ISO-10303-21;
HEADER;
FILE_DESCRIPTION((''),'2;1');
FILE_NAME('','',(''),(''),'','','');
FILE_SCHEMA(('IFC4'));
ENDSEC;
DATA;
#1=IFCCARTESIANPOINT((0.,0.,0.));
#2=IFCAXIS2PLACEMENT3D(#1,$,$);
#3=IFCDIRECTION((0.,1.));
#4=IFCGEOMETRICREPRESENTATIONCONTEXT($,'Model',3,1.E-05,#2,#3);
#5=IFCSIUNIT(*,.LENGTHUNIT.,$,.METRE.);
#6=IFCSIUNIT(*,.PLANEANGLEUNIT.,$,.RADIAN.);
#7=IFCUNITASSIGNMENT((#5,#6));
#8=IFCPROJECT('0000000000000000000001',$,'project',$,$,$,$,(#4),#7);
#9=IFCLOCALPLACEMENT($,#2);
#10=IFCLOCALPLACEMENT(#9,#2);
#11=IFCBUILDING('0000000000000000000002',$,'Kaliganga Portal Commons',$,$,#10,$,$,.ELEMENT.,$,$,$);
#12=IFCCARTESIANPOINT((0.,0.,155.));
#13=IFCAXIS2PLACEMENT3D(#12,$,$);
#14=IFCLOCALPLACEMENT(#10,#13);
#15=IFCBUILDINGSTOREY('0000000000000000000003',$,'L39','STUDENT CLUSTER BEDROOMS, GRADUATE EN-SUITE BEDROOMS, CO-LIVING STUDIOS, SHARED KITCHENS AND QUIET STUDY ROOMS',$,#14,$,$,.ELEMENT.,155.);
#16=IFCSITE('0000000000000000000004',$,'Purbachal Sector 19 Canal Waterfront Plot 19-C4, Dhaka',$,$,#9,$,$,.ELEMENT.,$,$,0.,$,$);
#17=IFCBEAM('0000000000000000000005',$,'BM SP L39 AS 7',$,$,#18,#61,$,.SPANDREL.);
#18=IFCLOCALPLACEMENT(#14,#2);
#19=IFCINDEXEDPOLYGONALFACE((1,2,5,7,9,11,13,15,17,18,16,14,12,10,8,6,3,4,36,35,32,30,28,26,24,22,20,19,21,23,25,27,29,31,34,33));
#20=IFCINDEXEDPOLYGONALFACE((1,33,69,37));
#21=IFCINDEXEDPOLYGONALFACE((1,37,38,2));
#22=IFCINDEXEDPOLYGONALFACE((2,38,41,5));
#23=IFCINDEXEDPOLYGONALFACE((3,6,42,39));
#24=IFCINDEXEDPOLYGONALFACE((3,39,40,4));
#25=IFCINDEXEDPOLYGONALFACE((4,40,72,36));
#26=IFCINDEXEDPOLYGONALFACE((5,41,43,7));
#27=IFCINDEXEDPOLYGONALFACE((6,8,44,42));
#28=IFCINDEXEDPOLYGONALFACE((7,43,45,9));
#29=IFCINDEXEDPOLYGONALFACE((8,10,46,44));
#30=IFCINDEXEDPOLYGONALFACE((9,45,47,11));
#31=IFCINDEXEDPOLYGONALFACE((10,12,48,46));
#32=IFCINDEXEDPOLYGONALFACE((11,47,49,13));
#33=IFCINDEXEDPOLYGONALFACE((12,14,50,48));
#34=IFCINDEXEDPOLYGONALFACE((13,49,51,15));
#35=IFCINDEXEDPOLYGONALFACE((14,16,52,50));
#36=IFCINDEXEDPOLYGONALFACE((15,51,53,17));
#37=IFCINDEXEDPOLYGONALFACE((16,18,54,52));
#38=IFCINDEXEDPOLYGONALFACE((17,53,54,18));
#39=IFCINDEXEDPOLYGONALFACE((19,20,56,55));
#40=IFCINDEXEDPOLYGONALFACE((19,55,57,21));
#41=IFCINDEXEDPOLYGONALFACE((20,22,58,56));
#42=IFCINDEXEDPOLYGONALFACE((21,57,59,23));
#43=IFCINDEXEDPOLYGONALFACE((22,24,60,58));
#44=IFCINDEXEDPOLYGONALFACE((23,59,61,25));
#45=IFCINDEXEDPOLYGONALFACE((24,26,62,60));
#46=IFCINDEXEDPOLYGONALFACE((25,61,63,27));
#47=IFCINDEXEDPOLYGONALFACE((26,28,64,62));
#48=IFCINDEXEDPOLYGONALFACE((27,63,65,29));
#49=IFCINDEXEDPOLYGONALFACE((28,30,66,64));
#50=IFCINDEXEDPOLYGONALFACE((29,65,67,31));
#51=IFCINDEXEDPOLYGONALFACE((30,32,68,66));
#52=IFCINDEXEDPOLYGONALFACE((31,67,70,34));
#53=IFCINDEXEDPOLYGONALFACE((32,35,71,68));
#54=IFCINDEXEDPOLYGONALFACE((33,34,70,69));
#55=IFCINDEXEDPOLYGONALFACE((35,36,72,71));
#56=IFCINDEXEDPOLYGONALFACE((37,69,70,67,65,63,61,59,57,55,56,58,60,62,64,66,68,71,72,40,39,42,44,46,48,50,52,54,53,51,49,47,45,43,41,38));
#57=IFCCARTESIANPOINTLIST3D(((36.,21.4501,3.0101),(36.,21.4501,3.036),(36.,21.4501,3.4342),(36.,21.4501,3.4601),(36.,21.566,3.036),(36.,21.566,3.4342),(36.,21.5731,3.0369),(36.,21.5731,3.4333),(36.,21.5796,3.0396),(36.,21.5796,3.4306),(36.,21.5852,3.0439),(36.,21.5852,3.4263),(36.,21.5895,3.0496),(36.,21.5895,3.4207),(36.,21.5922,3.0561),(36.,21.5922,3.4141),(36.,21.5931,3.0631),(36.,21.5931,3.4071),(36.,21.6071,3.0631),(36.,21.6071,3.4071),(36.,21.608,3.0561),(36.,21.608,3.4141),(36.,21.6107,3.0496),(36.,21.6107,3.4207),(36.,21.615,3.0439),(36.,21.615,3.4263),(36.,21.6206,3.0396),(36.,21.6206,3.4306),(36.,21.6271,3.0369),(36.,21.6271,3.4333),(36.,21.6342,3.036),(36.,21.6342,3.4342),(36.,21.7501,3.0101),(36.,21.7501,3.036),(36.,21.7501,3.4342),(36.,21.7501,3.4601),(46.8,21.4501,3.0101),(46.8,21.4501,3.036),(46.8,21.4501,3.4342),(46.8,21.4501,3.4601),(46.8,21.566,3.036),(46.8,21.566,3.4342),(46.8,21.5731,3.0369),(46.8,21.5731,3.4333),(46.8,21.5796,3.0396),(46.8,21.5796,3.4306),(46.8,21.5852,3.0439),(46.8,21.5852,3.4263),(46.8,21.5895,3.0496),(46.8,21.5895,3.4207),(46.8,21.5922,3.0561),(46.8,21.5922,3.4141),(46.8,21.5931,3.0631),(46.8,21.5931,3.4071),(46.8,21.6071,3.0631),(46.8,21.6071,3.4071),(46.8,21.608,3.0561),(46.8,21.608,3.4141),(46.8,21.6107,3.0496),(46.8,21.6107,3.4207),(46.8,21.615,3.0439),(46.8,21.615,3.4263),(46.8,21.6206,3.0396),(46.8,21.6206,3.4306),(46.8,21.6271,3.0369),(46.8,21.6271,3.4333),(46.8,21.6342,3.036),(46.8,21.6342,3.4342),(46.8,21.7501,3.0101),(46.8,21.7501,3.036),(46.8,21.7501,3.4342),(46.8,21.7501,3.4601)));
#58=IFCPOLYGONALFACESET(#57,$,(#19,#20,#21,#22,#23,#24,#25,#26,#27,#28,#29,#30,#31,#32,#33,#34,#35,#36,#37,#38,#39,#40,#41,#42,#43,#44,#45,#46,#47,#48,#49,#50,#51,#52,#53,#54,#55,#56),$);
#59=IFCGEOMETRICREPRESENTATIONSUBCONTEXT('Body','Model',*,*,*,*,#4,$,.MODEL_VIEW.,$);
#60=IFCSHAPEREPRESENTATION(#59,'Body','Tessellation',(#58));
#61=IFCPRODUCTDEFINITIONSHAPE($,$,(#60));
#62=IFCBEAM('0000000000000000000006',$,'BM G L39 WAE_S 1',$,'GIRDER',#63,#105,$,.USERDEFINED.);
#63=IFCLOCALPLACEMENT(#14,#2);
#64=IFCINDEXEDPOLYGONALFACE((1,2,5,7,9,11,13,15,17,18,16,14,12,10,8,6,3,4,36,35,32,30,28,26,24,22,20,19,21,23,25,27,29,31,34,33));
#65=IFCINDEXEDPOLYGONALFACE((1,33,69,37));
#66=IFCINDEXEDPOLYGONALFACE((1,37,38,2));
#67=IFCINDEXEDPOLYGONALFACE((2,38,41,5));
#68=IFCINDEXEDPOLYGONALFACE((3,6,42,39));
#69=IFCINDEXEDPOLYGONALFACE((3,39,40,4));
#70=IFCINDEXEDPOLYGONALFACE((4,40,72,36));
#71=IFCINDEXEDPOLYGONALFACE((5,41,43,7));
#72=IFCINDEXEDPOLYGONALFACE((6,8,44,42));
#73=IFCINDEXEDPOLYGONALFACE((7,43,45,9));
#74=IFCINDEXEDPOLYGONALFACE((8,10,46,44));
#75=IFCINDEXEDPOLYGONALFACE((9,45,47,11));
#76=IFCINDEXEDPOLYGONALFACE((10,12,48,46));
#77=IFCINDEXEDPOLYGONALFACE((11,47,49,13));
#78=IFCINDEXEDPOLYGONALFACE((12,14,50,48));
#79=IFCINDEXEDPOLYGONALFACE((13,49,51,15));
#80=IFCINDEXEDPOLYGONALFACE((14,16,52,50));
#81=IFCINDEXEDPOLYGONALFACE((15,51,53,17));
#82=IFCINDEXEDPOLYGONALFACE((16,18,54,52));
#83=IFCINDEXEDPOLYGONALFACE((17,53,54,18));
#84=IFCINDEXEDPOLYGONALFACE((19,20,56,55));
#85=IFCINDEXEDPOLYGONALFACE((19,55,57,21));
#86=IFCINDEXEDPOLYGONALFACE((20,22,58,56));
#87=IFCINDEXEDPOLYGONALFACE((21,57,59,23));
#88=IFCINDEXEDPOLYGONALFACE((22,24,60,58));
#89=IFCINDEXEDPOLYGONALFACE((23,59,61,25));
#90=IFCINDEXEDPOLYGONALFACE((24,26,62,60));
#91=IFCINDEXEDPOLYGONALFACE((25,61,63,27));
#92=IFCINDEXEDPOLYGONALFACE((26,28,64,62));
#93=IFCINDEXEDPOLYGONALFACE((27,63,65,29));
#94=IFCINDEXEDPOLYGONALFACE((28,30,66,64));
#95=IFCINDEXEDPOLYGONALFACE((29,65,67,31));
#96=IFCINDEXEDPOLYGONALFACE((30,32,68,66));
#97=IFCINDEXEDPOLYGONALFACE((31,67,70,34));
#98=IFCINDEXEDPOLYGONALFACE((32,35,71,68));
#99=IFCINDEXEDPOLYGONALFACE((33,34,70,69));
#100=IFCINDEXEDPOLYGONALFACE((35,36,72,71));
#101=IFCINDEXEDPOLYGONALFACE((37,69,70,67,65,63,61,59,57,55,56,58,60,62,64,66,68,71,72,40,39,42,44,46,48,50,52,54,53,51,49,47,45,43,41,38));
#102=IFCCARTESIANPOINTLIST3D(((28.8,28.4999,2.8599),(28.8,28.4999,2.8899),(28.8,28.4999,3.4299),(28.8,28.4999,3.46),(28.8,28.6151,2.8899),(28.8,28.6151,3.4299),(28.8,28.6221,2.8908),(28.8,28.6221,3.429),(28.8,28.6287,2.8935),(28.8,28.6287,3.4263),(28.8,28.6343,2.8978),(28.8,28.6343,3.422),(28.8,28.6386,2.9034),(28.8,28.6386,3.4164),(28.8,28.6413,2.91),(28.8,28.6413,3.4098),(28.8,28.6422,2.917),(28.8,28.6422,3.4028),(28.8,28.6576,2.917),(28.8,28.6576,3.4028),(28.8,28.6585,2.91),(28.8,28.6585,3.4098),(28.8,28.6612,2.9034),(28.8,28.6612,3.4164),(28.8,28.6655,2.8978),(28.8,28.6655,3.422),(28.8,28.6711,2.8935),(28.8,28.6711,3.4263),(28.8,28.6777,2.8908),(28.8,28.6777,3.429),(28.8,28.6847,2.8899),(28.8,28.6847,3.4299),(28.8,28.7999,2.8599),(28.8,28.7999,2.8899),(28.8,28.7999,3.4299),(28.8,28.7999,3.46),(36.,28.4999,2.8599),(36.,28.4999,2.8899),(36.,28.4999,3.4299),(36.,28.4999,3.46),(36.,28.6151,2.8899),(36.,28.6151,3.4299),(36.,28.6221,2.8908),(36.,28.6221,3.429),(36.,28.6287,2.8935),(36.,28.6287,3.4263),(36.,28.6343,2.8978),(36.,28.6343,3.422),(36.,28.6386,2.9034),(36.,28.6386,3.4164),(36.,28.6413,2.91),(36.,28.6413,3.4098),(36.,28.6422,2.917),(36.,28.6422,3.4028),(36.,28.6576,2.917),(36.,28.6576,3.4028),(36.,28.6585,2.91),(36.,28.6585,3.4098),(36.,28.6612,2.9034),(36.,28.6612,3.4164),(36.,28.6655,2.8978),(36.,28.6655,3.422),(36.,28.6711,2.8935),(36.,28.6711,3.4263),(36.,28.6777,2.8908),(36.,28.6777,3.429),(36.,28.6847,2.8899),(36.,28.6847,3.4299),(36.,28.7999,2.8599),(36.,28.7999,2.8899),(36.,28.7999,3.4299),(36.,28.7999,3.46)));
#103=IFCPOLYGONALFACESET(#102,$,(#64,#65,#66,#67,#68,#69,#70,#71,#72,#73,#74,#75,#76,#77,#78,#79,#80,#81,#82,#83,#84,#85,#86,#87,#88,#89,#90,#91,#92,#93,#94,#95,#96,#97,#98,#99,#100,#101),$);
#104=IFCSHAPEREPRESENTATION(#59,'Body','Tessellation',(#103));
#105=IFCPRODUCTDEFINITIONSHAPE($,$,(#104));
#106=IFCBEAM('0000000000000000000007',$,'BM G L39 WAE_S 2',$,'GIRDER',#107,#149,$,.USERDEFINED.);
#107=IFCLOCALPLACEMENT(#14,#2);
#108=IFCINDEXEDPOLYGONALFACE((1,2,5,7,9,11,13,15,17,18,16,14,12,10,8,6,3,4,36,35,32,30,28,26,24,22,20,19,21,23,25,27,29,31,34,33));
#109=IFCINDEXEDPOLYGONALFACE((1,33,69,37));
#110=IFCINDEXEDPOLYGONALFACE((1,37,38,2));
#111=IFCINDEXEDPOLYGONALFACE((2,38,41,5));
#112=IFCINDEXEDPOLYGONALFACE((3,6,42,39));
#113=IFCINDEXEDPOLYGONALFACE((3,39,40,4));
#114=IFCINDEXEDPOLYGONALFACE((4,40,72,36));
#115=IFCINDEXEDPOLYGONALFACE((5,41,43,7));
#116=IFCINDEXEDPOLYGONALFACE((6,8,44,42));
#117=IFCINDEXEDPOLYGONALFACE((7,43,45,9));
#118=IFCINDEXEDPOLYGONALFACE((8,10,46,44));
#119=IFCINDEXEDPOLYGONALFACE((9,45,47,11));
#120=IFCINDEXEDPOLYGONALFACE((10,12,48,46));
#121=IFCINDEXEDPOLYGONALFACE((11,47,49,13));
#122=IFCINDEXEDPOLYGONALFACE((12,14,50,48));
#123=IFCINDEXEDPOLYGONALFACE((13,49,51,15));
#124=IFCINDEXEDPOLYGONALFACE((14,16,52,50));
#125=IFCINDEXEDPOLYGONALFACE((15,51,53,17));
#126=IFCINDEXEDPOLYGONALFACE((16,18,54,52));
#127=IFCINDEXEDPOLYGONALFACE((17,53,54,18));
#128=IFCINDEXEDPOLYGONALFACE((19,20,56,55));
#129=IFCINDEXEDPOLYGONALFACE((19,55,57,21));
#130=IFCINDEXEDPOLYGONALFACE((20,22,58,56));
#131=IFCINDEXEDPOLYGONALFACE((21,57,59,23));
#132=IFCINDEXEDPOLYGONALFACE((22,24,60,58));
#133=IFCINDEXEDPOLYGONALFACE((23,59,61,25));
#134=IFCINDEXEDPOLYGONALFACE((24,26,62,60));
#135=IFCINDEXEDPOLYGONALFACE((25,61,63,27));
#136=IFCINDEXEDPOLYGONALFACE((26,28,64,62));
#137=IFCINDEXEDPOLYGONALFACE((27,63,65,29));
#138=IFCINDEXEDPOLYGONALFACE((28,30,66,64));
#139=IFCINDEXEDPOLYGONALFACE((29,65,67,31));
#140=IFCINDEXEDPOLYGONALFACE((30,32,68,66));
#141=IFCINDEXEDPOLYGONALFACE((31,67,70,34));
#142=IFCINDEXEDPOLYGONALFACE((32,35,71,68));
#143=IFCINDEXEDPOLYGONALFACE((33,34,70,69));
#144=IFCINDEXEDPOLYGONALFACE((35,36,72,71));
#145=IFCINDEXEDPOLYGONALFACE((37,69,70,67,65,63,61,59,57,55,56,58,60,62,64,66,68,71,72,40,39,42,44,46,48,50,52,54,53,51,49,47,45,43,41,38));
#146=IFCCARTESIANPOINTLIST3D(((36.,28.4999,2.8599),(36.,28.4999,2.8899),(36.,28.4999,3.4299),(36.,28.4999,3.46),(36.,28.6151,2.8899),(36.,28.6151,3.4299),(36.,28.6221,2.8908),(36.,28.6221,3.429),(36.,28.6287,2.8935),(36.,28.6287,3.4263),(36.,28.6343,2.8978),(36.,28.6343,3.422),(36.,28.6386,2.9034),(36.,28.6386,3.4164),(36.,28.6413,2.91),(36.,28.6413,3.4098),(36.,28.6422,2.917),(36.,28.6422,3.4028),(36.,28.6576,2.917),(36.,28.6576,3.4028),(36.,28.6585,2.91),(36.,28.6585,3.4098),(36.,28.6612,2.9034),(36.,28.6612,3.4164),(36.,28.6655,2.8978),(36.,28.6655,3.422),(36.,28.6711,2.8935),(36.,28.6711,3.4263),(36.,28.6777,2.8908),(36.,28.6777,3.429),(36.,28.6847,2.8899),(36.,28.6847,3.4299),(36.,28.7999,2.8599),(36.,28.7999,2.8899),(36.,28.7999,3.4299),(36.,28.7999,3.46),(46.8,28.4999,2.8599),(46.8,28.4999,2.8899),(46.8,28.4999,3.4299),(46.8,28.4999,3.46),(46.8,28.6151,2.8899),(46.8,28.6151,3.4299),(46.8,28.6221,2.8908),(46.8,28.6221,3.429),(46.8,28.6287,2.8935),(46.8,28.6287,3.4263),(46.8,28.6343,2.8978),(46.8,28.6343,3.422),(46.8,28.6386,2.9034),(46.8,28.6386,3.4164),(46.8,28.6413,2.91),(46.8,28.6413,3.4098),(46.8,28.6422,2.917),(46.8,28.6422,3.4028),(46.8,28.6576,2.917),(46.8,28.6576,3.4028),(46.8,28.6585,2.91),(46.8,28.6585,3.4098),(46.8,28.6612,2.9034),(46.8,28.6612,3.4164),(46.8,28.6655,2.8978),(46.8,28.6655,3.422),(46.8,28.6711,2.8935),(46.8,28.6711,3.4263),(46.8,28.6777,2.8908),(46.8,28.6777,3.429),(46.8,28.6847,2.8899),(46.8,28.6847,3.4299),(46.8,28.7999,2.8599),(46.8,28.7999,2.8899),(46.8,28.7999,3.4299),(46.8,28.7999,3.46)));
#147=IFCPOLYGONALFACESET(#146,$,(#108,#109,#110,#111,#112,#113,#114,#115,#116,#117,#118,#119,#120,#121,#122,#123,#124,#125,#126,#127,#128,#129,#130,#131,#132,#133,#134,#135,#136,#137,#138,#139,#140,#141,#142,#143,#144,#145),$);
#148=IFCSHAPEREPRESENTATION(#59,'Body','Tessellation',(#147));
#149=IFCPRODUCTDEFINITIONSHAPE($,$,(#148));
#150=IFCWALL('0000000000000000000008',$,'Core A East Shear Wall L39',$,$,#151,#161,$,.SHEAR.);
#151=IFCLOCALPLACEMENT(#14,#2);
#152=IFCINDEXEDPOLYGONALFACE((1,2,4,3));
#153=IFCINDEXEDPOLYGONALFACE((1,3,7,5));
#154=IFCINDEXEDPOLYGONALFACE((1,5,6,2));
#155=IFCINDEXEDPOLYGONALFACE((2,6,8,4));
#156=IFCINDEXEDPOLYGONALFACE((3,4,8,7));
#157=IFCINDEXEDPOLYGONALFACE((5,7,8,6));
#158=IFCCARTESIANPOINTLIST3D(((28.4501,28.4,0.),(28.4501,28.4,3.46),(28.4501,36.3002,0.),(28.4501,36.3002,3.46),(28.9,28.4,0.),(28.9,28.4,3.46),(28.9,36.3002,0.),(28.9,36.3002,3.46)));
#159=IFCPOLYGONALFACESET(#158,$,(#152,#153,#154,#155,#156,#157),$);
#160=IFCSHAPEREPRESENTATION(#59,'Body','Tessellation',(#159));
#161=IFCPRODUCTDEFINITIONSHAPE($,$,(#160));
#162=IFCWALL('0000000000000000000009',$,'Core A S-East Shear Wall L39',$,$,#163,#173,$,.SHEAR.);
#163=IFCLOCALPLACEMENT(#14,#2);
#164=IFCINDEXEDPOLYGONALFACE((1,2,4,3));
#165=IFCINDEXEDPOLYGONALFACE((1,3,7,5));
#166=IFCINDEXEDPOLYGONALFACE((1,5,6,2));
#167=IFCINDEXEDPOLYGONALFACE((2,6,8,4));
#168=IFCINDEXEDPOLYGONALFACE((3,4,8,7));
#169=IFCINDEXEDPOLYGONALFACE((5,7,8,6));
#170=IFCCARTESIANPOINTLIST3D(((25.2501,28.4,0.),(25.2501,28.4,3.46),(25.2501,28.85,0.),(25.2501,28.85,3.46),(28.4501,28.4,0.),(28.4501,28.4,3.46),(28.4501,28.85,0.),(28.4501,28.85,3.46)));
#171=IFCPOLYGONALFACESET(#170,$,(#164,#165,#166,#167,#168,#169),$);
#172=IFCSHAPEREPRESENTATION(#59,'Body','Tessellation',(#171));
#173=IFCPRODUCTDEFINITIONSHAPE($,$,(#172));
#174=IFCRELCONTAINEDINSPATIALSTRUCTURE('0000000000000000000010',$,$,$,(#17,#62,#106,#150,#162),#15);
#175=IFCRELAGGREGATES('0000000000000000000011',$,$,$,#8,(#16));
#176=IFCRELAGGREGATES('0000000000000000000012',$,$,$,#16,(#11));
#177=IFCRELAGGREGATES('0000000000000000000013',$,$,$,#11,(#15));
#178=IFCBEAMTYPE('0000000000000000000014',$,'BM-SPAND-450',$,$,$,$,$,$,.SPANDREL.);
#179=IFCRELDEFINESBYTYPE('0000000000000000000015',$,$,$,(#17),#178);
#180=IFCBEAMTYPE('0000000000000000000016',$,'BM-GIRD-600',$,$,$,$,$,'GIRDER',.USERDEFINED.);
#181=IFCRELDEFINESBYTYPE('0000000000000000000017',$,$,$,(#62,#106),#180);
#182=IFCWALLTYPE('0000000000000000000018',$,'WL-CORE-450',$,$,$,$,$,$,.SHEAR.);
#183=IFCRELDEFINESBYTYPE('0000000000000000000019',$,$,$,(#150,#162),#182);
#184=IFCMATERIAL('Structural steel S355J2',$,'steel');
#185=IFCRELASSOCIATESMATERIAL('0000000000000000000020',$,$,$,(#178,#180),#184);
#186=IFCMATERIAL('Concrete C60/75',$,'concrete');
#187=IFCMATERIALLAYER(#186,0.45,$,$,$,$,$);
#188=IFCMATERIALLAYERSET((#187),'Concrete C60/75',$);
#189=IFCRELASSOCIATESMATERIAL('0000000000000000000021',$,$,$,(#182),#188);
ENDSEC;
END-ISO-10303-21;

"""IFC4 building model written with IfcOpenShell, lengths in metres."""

from ifc_helpers import new_model, si_unit, direction, frame, frame_2d, origin, origin_2d, place, context, subcontext, project, spatial, rectangle, i_section, extrude, source, transform, mapped, material, layer, layer_set, material_profile, profile_set, type_object, element, save


model = new_model("IFC4")

# Units and contexts
model_context = context("Model", 3, precision=1e-05, world=origin(), true_north=direction((0.0, 1.0)))
body_context = subcontext(model_context, "Body", "Model", "MODEL_VIEW")
ifc_project = project(units=[si_unit("LENGTHUNIT", "METRE"), si_unit("PLANEANGLEUNIT", "RADIAN")], contexts=[model_context])

# Site, building, storey
site_placement = place(None, origin())
site = spatial("IfcSite", under=ifc_project, at=site_placement, Name="Purbachal Sector 19 Canal Waterfront Plot 19-C4, Dhaka", CompositionType="ELEMENT", RefElevation=0.0)
building_placement = place(site_placement, origin())
building = spatial("IfcBuilding", under=site, at=building_placement, Name="Kaliganga Portal Commons", CompositionType="ELEMENT")
storey_placement = place(building_placement, frame((0.0, 0.0, 155.0)))
storey = spatial("IfcBuildingStorey", under=building, at=storey_placement, Name="L39", Description="STUDENT CLUSTER BEDROOMS, GRADUATE EN-SUITE BEDROOMS, CO-LIVING STUDIOS, SHARED KITCHENS AND QUIET STUDY ROOMS", CompositionType="ELEMENT", Elevation=155.0)

# Shared definitions
ifc_material_1 = material(Name="Concrete C60/75", Category="concrete")

# Beams
ifc_material_2 = material(Name="Structural steel S355J2", Category="steel")
ifc_material_profile_1 = material_profile(ifc_material_2, i_section(OverallWidth=0.3, OverallDepth=0.45, WebThickness=0.0139, FlangeThickness=0.0259, FilletRadius=0.0271, at=origin_2d()), Name="HE 450 B")
ifc_profile_set_1 = profile_set([ifc_material_profile_1], Name="Structural steel S355J2 wide-flange")
beam_type_1 = type_object("IfcBeamType", Name="BM-SPAND-450", PredefinedType="SPANDREL", material=ifc_profile_set_1)
shared_shape_1 = source(origin(), body_context, "Body", "SweptSolid", [
    extrude(i_section(OverallWidth=0.3, OverallDepth=0.45, WebThickness=0.0139, FlangeThickness=0.0259, FilletRadius=0.0271, at=origin_2d()), origin(), (0.0, 0.0, 1.0), 10.8),
])
beam_1_placement = place(storey_placement, frame((36.0, 21.6001, 3.2351), z_axis=(1.0, 0.0, 0.0), x_axis=(0.0, 1.0, 0.0)))
element("IfcBeam", 1, at=beam_1_placement, inside=storey, type_object=beam_type_1, Name="BM SP L39 AS 7", PredefinedType="SPANDREL", context=body_context, shape_type="MappedRepresentation", body=[
    mapped(shared_shape_1, transform((0.0, 0.0, 0.0), x_axis=(1.0, 0.0, 0.0), y_axis=(0.0, 1.0, 0.0), z_axis=(0.0, 0.0, 1.0), scale=1.0)),
])
ifc_material_profile_2 = material_profile(ifc_material_2, i_section(OverallWidth=0.3, OverallDepth=0.6001, WebThickness=0.0154, FlangeThickness=0.03, FilletRadius=0.0271, at=origin_2d()), Name="HE 600 B")
ifc_profile_set_2 = profile_set([ifc_material_profile_2], Name="Structural steel S355J2 wide-flange")
beam_type_2 = type_object("IfcBeamType", Name="BM-GIRD-600", ElementType="GIRDER", PredefinedType="USERDEFINED", material=ifc_profile_set_2)
shared_shape_2 = source(origin(), body_context, "Body", "SweptSolid", [
    extrude(i_section(OverallWidth=0.3, OverallDepth=0.6001, WebThickness=0.0154, FlangeThickness=0.03, FilletRadius=0.0271, at=origin_2d()), origin(), (0.0, 0.0, 1.0), 7.2),
])
beam_2_placement = place(storey_placement, frame((28.8, 28.6499, 3.1599), z_axis=(1.0, 0.0, 0.0), x_axis=(0.0, 1.0, 0.0)))
element("IfcBeam", 2, at=beam_2_placement, inside=storey, type_object=beam_type_2, Name="BM G L39 WAE_S 1", ObjectType="GIRDER", PredefinedType="USERDEFINED", context=body_context, shape_type="MappedRepresentation", body=[
    mapped(shared_shape_2, transform((0.0, 0.0, 0.0), x_axis=(1.0, 0.0, 0.0), y_axis=(0.0, 1.0, 0.0), z_axis=(0.0, 0.0, 1.0), scale=1.0)),
])
shared_shape_3 = source(origin(), body_context, "Body", "SweptSolid", [
    extrude(i_section(OverallWidth=0.3, OverallDepth=0.6001, WebThickness=0.0154, FlangeThickness=0.03, FilletRadius=0.0271, at=origin_2d()), origin(), (0.0, 0.0, 1.0), 10.8),
])
beam_3_placement = place(storey_placement, frame((36.0, 28.6499, 3.1599), z_axis=(1.0, 0.0, 0.0), x_axis=(0.0, 1.0, 0.0)))
element("IfcBeam", 3, at=beam_3_placement, inside=storey, type_object=beam_type_2, Name="BM G L39 WAE_S 2", ObjectType="GIRDER", PredefinedType="USERDEFINED", context=body_context, shape_type="MappedRepresentation", body=[
    mapped(shared_shape_3, transform((0.0, 0.0, 0.0), x_axis=(1.0, 0.0, 0.0), y_axis=(0.0, 1.0, 0.0), z_axis=(0.0, 0.0, 1.0), scale=1.0)),
])

# Walls
ifc_layer_1 = layer(ifc_material_1, 0.45)
ifc_layer_set_1 = layer_set([ifc_layer_1], Name="Concrete C60/75")
wall_type_1 = type_object("IfcWallType", Name="WL-CORE-450", PredefinedType="SHEAR", material=ifc_layer_set_1)
wall_1_placement = place(storey_placement, frame((28.675, 28.3999, 0.0), z_axis=(0.0, 0.0, 1.0), x_axis=(0.0, 1.0, 0.0)))
element("IfcWall", 4, at=wall_1_placement, inside=storey, type_object=wall_type_1, Name="Core A East Shear Wall L39", PredefinedType="SHEAR", context=body_context, shape_type="SweptSolid", body=[
    extrude(rectangle(XDim=7.9001, YDim=0.45, at=frame_2d((3.9502, 0.0))), origin(), (0.0, 0.0, 1.0), 3.46),
])
wall_2_placement = place(storey_placement, frame((25.25, 28.625, 0.0), z_axis=(0.0, 0.0, 1.0), x_axis=(1.0, 0.0, 0.0)))
element("IfcWall", 5, at=wall_2_placement, inside=storey, type_object=wall_type_1, Name="Core A S-East Shear Wall L39", PredefinedType="SHEAR", context=body_context, shape_type="SweptSolid", body=[
    extrude(rectangle(XDim=3.2, YDim=0.45, at=frame_2d((1.6001, 0.0))), origin(), (0.0, 0.0, 1.0), 3.46),
])

save(model, "model.ifc")
